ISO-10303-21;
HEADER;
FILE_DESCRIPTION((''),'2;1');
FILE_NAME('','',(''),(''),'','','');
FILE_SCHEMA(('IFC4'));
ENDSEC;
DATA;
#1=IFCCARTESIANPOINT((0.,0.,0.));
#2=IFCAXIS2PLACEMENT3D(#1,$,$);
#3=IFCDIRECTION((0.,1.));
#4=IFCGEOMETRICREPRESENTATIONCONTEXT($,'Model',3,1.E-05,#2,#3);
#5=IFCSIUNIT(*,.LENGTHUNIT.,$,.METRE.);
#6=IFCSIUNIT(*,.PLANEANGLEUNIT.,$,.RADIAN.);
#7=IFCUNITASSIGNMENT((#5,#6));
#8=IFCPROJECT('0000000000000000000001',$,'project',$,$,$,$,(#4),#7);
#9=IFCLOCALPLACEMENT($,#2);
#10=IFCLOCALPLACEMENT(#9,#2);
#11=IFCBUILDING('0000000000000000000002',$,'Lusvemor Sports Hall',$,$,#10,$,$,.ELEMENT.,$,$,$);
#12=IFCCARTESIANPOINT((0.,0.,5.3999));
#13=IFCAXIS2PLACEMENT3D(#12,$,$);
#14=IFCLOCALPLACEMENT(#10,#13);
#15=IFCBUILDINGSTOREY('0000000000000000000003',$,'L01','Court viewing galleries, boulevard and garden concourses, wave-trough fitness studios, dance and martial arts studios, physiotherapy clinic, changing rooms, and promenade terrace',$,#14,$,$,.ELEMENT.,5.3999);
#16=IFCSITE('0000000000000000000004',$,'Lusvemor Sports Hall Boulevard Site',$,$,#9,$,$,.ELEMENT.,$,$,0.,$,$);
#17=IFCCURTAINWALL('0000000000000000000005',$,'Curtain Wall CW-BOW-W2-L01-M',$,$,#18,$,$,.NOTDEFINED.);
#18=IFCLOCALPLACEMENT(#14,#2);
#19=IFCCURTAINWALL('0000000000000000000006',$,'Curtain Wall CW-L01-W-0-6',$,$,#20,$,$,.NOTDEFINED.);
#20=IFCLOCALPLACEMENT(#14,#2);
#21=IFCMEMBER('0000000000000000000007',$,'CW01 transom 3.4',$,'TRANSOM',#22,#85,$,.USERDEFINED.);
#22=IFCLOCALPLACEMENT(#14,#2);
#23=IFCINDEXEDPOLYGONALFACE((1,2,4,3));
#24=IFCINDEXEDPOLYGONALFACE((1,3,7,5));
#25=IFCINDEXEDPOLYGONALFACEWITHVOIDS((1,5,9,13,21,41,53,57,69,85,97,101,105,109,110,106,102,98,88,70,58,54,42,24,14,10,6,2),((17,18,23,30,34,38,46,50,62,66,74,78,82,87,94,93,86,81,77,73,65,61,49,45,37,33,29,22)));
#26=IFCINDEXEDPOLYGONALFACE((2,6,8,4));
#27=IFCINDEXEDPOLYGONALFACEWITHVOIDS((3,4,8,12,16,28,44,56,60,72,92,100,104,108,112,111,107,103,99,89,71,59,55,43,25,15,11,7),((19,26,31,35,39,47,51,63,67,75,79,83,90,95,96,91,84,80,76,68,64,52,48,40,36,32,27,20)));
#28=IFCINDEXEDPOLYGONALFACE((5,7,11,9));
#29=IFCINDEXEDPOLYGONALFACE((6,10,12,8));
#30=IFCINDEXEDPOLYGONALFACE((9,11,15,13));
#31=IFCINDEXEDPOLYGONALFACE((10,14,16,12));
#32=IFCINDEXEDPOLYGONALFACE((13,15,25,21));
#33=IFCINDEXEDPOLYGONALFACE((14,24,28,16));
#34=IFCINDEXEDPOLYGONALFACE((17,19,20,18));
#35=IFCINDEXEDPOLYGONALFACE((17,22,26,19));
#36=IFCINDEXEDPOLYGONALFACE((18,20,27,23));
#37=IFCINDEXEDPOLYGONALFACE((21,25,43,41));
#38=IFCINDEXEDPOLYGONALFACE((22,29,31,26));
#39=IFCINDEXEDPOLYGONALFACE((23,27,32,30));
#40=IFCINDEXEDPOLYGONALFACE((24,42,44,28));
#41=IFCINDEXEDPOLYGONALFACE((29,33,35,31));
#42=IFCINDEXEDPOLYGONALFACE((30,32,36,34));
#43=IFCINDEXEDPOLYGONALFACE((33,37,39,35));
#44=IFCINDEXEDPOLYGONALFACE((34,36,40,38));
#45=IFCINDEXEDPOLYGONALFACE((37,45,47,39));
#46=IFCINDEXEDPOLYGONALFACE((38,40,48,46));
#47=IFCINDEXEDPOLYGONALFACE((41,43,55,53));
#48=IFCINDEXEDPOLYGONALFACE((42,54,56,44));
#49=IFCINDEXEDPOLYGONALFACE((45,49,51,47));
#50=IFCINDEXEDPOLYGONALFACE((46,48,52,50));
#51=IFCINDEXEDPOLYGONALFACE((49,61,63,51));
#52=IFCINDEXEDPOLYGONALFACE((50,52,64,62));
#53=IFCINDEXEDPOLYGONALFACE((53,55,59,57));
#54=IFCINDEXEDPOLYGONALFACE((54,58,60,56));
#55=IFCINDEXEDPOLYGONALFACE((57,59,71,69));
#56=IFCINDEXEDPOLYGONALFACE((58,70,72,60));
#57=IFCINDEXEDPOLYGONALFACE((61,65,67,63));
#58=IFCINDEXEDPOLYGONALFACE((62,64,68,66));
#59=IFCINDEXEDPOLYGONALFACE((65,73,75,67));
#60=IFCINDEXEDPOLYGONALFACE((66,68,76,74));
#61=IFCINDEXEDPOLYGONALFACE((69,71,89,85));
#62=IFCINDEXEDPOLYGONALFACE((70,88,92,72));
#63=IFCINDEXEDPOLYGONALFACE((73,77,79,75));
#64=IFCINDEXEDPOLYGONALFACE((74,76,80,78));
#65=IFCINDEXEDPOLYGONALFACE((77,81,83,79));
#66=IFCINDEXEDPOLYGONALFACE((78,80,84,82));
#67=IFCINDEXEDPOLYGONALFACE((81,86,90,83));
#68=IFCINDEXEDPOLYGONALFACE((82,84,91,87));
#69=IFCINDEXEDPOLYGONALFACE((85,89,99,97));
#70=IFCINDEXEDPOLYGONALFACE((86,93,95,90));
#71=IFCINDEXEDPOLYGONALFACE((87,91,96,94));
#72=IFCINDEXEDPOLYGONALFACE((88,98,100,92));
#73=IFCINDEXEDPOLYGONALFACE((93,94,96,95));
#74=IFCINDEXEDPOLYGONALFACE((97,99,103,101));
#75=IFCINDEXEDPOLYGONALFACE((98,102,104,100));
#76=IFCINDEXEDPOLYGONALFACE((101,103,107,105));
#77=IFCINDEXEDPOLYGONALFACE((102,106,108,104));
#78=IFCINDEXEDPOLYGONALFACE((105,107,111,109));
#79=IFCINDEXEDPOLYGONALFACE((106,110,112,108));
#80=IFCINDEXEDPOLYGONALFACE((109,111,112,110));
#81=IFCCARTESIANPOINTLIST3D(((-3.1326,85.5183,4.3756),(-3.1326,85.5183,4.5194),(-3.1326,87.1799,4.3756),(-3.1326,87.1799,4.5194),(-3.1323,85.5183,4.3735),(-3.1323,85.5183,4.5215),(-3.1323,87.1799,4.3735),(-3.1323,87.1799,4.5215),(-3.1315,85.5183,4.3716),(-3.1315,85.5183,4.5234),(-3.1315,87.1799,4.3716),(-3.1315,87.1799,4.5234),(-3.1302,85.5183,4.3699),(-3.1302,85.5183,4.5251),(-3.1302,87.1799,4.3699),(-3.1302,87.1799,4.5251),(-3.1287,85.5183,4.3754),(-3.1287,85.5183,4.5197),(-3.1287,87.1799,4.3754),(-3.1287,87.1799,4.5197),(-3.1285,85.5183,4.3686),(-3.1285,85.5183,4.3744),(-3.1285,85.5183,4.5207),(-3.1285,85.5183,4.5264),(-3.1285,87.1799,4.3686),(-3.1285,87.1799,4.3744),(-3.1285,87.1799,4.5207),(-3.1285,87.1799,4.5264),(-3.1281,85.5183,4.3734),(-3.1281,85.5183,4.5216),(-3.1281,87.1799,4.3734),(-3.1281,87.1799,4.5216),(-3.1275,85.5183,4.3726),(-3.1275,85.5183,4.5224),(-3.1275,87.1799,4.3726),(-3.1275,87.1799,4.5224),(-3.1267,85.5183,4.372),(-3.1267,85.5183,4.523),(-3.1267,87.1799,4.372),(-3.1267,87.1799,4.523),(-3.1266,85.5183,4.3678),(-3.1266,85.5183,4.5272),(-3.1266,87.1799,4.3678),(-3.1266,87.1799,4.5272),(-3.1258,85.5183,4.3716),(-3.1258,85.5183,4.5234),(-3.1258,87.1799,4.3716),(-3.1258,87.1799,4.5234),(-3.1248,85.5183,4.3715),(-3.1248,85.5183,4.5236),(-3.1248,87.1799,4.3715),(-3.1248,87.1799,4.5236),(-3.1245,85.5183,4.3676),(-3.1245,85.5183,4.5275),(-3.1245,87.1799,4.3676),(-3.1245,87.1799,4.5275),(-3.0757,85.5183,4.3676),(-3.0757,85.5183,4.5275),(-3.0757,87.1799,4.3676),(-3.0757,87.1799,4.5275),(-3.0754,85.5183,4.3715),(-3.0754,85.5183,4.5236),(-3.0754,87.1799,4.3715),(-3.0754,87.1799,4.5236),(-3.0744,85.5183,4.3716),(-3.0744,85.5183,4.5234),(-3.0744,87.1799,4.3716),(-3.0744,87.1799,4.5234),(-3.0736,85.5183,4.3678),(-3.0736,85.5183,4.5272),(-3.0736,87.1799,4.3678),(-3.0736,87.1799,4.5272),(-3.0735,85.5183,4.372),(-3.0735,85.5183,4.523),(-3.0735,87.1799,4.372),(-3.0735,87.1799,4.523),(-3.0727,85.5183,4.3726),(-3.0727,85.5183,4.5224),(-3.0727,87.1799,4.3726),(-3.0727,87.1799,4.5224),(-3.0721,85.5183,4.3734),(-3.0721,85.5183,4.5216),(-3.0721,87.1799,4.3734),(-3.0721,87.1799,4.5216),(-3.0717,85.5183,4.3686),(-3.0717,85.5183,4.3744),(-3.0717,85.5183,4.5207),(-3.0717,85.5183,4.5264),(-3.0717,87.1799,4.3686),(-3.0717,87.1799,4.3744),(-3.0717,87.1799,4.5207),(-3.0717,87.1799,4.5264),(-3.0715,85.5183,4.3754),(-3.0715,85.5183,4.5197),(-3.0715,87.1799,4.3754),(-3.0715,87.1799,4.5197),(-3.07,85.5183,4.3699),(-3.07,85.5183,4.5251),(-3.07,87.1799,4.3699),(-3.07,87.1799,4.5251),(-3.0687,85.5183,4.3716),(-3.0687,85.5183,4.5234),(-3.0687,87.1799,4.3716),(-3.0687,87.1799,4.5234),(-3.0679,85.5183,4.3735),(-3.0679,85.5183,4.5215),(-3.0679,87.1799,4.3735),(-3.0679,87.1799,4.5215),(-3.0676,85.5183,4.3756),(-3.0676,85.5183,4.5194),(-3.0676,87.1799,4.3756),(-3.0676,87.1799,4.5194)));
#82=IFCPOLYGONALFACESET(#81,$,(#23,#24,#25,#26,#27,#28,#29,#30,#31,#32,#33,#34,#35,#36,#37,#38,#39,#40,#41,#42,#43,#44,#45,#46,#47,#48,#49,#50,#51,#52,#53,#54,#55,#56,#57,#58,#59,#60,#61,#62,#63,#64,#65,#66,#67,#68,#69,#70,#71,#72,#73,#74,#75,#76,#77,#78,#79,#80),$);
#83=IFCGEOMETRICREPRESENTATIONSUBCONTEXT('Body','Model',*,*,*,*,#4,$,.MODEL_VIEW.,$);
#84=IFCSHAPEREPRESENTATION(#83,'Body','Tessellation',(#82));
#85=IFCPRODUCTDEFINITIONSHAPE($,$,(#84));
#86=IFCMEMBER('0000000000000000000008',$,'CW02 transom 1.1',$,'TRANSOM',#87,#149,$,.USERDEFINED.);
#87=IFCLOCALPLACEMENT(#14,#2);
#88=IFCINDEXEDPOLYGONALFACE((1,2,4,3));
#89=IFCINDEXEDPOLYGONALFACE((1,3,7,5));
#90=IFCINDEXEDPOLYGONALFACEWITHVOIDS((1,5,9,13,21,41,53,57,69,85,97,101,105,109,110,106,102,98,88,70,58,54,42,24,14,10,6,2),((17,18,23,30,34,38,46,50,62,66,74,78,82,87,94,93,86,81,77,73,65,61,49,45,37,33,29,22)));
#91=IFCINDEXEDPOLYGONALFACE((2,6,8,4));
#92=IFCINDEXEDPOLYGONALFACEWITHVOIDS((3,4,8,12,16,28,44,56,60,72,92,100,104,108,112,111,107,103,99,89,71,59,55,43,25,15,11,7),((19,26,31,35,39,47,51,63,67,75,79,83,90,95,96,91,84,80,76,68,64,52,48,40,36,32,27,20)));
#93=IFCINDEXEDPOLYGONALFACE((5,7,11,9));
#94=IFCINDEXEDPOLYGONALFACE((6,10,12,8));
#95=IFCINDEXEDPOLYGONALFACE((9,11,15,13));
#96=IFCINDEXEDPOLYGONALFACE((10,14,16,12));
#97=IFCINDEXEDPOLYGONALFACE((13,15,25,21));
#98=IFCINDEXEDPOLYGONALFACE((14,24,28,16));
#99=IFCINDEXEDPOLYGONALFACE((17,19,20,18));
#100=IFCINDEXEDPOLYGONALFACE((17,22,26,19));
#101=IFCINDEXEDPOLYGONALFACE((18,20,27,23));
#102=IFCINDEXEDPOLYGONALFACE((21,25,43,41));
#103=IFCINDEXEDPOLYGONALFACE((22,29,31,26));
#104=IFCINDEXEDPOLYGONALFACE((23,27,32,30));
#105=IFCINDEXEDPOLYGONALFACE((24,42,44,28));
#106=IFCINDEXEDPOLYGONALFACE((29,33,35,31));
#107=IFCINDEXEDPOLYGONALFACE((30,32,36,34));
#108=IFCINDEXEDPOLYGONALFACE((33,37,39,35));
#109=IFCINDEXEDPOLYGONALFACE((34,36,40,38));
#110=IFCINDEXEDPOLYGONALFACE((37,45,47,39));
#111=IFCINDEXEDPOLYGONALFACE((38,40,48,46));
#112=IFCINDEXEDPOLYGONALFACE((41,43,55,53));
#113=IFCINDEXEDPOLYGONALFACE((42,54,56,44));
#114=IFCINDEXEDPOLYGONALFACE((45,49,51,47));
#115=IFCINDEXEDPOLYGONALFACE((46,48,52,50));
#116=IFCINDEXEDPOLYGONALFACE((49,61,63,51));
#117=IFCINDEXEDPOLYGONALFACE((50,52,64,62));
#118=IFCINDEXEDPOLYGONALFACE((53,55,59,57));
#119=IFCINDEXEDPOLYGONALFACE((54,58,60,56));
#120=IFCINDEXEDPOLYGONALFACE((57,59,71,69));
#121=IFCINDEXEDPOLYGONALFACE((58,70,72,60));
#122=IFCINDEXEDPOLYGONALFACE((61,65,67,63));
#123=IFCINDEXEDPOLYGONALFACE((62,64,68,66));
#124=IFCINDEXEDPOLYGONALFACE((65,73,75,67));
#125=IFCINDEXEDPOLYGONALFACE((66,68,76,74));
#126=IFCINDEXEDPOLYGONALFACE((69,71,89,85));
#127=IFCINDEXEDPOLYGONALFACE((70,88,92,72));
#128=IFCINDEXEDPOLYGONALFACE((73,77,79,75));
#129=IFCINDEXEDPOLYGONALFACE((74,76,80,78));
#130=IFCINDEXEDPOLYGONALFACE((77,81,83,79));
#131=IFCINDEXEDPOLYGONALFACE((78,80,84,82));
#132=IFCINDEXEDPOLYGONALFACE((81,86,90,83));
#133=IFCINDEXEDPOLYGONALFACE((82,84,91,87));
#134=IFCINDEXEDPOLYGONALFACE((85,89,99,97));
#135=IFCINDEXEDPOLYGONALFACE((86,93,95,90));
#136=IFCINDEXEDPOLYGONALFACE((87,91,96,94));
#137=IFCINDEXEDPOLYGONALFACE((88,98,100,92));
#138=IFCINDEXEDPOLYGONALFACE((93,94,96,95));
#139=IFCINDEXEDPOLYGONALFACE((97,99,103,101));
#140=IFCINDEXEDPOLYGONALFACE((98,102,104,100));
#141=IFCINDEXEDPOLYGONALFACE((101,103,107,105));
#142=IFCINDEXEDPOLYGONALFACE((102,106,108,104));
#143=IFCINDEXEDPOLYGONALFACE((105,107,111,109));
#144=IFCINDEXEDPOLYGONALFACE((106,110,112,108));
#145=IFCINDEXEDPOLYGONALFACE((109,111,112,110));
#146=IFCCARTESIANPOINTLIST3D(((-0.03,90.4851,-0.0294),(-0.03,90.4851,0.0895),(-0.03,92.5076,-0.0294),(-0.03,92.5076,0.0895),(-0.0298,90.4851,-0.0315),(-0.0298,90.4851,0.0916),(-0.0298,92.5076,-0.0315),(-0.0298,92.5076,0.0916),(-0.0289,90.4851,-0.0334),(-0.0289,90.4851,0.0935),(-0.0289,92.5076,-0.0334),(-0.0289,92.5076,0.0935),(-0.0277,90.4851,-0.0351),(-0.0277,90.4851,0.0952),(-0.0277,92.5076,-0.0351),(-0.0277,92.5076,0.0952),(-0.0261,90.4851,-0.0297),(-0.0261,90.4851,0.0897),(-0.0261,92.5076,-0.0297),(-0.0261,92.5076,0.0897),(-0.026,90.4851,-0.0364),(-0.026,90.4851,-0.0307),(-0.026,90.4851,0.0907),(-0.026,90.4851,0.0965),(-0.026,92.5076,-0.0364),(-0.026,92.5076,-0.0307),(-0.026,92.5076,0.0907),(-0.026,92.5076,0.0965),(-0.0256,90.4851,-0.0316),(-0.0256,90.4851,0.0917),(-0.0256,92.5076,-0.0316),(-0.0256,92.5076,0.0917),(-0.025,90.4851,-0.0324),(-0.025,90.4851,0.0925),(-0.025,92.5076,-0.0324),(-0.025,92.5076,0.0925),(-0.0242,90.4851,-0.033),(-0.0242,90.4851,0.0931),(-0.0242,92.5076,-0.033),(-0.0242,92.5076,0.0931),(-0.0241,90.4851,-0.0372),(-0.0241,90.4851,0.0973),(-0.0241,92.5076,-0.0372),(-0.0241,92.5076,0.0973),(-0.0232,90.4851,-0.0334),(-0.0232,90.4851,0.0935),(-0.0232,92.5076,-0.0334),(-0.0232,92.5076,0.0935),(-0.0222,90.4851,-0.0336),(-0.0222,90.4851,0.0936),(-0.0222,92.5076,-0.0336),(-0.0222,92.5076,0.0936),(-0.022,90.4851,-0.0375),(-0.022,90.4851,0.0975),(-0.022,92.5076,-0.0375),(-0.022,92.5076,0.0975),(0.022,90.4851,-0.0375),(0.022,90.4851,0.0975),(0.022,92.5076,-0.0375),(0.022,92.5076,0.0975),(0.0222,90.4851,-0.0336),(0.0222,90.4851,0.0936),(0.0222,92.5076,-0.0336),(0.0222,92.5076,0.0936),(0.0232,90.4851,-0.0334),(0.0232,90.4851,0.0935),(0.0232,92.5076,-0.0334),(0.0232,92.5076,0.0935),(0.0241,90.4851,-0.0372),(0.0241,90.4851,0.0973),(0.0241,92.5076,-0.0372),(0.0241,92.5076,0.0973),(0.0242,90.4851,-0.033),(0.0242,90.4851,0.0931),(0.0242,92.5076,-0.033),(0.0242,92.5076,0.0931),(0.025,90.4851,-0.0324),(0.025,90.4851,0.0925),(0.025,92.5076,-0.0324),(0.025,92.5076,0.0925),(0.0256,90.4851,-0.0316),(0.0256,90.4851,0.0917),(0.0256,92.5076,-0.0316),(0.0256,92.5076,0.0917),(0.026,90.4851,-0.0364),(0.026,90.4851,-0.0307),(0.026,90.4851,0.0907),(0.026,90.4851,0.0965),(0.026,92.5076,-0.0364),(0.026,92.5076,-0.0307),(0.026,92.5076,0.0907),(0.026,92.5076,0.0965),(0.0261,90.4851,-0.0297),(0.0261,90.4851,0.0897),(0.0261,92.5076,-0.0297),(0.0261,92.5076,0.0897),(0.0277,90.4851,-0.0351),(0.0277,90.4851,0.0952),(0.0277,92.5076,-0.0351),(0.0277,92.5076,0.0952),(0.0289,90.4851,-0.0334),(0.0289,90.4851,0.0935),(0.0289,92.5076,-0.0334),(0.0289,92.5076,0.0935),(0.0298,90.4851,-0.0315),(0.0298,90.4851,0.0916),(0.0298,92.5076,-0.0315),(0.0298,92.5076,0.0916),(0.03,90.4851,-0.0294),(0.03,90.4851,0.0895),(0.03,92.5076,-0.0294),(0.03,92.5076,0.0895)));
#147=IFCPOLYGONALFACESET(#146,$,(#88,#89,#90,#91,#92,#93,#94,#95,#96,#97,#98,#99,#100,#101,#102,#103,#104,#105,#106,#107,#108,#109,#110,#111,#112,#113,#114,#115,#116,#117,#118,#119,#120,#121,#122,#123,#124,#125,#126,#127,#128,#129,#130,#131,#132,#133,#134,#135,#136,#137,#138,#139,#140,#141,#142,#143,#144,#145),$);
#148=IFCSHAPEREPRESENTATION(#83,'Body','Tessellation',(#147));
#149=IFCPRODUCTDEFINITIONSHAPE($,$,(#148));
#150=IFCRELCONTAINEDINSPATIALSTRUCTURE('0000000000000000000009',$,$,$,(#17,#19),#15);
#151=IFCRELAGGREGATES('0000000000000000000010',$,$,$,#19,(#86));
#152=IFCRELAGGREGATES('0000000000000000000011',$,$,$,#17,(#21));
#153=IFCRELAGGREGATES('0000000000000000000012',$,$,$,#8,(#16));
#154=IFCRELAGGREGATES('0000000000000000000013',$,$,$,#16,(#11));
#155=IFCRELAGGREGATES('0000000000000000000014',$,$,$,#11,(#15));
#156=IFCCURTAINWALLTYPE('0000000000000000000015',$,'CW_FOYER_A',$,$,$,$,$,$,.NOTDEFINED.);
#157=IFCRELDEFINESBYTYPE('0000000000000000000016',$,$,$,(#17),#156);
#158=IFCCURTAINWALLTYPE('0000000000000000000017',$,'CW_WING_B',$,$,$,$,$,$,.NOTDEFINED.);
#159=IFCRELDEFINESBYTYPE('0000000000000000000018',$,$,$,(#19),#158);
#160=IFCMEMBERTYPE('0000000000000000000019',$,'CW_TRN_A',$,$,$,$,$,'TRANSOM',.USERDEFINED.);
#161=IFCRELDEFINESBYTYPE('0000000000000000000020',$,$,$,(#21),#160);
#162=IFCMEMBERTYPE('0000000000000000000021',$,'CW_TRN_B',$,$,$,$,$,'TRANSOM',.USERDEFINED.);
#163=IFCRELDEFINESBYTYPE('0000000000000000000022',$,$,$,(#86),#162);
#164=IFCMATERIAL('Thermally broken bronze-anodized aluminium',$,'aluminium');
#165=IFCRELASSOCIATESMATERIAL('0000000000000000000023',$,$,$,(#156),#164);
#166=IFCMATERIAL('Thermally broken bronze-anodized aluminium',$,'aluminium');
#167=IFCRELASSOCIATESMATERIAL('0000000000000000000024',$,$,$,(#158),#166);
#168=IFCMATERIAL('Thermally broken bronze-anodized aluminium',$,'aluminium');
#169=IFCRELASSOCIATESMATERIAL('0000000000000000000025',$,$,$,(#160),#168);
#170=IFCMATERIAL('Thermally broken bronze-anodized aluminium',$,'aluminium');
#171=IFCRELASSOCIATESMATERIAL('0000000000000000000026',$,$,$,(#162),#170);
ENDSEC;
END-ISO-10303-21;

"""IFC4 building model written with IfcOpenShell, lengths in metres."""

from ifc_helpers import new_model, si_unit, direction, frame, origin, origin_2d, place, context, subcontext, project, spatial, hollow_rectangle, extrude, material, material_profile, profile_set, type_object, element, aggregate, save


model = new_model("IFC4")

# Units and contexts
model_context = context("Model", 3, precision=1e-05, world=origin(), true_north=direction((0.0, 1.0)))
body_context = subcontext(model_context, "Body", "Model", "MODEL_VIEW")
ifc_project = project(units=[si_unit("LENGTHUNIT", "METRE"), si_unit("PLANEANGLEUNIT", "RADIAN")], contexts=[model_context])

# Site, building, storey
site_placement = place(None, origin())
site = spatial("IfcSite", under=ifc_project, at=site_placement, Name="Lusvemor Sports Hall Boulevard Site", CompositionType="ELEMENT", RefElevation=0.0)
building_placement = place(site_placement, origin())
building = spatial("IfcBuilding", under=site, at=building_placement, Name="Lusvemor Sports Hall", CompositionType="ELEMENT")
storey_placement = place(building_placement, frame((0.0, 0.0, 5.3999)))
storey = spatial("IfcBuildingStorey", under=building, at=storey_placement, Name="L01", Description="Court viewing galleries, boulevard and garden concourses, wave-trough fitness studios, dance and martial arts studios, physiotherapy clinic, changing rooms, and promenade terrace", CompositionType="ELEMENT", Elevation=5.3999)

# Curtain wall
ifc_material_1 = material(Name="Thermally broken bronze-anodized aluminium", Category="aluminium")
curtain_wall_type_1 = type_object("IfcCurtainWallType", Name="CW_FOYER_A", PredefinedType="NOTDEFINED", material=ifc_material_1)
curtain_wall_1_placement = place(storey_placement, origin())
curtain_wall_1 = element("IfcCurtainWall", 1, at=curtain_wall_1_placement, inside=storey, type_object=curtain_wall_type_1, Name="Curtain Wall CW-BOW-W2-L01-M", PredefinedType="NOTDEFINED")

# Curtain wall
ifc_material_2 = material(Name="Thermally broken bronze-anodized aluminium", Category="aluminium")
curtain_wall_type_2 = type_object("IfcCurtainWallType", Name="CW_WING_B", PredefinedType="NOTDEFINED", material=ifc_material_2)
curtain_wall_2_placement = place(storey_placement, origin())
curtain_wall_2 = element("IfcCurtainWall", 2, at=curtain_wall_2_placement, inside=storey, type_object=curtain_wall_type_2, Name="Curtain Wall CW-L01-W-0-6", PredefinedType="NOTDEFINED")

# Members
ifc_material_3 = material(Name="Thermally broken bronze-anodized aluminium", Category="aluminium")
ifc_material_profile_1 = material_profile(ifc_material_3, hollow_rectangle(XDim=0.0649, YDim=0.1599, WallThickness=0.0039, InnerFilletRadius=0.0039, OuterFilletRadius=0.0081, at=origin_2d()), Name="CWTRN160x65x4")
ifc_profile_set_1 = profile_set([ifc_material_profile_1], Name="Thermally broken bronze-anodized aluminium")
member_type_1 = type_object("IfcMemberType", Name="CW_TRN_A", ElementType="TRANSOM", PredefinedType="USERDEFINED", material=ifc_profile_set_1)
member_1_placement = place(storey_placement, frame((-3.1001, 85.5183, 4.4475), z_axis=(0.0, 1.0, 0.0), x_axis=(-1.0, 0.0, 0.0)))
member_1 = element("IfcMember", 3, at=member_1_placement, type_object=member_type_1, Name="CW01 transom 3.4", ObjectType="TRANSOM", PredefinedType="USERDEFINED", context=body_context, shape_type="SweptSolid", body=[
    extrude(hollow_rectangle(XDim=0.0649, YDim=0.1599, WallThickness=0.0039, InnerFilletRadius=0.0039, OuterFilletRadius=0.0081, at=origin_2d()), origin(), (0.0, 0.0, 1.0), 1.6616),
])
ifc_material_4 = material(Name="Thermally broken bronze-anodized aluminium", Category="aluminium")
ifc_material_profile_2 = material_profile(ifc_material_4, hollow_rectangle(XDim=0.0601, YDim=0.135, WallThickness=0.0039, InnerFilletRadius=0.0039, OuterFilletRadius=0.0081, at=origin_2d()), Name="CWTRN135x60x4")
ifc_profile_set_2 = profile_set([ifc_material_profile_2], Name="Thermally broken bronze-anodized aluminium")
member_type_2 = type_object("IfcMemberType", Name="CW_TRN_B", ElementType="TRANSOM", PredefinedType="USERDEFINED", material=ifc_profile_set_2)
member_2_placement = place(storey_placement, frame((0.0, 90.4851, 0.03), z_axis=(0.0, 1.0, 0.0), x_axis=(-1.0, 0.0, 0.0)))
member_2 = element("IfcMember", 4, at=member_2_placement, type_object=member_type_2, Name="CW02 transom 1.1", ObjectType="TRANSOM", PredefinedType="USERDEFINED", context=body_context, shape_type="SweptSolid", body=[
    extrude(hollow_rectangle(XDim=0.0601, YDim=0.135, WallThickness=0.0039, InnerFilletRadius=0.0039, OuterFilletRadius=0.0081, at=origin_2d()), origin(), (0.0, 0.0, 1.0), 2.0225),
])
aggregate(curtain_wall_2, [member_2])

aggregate(curtain_wall_1, [member_1])

save(model, "model.ifc")
